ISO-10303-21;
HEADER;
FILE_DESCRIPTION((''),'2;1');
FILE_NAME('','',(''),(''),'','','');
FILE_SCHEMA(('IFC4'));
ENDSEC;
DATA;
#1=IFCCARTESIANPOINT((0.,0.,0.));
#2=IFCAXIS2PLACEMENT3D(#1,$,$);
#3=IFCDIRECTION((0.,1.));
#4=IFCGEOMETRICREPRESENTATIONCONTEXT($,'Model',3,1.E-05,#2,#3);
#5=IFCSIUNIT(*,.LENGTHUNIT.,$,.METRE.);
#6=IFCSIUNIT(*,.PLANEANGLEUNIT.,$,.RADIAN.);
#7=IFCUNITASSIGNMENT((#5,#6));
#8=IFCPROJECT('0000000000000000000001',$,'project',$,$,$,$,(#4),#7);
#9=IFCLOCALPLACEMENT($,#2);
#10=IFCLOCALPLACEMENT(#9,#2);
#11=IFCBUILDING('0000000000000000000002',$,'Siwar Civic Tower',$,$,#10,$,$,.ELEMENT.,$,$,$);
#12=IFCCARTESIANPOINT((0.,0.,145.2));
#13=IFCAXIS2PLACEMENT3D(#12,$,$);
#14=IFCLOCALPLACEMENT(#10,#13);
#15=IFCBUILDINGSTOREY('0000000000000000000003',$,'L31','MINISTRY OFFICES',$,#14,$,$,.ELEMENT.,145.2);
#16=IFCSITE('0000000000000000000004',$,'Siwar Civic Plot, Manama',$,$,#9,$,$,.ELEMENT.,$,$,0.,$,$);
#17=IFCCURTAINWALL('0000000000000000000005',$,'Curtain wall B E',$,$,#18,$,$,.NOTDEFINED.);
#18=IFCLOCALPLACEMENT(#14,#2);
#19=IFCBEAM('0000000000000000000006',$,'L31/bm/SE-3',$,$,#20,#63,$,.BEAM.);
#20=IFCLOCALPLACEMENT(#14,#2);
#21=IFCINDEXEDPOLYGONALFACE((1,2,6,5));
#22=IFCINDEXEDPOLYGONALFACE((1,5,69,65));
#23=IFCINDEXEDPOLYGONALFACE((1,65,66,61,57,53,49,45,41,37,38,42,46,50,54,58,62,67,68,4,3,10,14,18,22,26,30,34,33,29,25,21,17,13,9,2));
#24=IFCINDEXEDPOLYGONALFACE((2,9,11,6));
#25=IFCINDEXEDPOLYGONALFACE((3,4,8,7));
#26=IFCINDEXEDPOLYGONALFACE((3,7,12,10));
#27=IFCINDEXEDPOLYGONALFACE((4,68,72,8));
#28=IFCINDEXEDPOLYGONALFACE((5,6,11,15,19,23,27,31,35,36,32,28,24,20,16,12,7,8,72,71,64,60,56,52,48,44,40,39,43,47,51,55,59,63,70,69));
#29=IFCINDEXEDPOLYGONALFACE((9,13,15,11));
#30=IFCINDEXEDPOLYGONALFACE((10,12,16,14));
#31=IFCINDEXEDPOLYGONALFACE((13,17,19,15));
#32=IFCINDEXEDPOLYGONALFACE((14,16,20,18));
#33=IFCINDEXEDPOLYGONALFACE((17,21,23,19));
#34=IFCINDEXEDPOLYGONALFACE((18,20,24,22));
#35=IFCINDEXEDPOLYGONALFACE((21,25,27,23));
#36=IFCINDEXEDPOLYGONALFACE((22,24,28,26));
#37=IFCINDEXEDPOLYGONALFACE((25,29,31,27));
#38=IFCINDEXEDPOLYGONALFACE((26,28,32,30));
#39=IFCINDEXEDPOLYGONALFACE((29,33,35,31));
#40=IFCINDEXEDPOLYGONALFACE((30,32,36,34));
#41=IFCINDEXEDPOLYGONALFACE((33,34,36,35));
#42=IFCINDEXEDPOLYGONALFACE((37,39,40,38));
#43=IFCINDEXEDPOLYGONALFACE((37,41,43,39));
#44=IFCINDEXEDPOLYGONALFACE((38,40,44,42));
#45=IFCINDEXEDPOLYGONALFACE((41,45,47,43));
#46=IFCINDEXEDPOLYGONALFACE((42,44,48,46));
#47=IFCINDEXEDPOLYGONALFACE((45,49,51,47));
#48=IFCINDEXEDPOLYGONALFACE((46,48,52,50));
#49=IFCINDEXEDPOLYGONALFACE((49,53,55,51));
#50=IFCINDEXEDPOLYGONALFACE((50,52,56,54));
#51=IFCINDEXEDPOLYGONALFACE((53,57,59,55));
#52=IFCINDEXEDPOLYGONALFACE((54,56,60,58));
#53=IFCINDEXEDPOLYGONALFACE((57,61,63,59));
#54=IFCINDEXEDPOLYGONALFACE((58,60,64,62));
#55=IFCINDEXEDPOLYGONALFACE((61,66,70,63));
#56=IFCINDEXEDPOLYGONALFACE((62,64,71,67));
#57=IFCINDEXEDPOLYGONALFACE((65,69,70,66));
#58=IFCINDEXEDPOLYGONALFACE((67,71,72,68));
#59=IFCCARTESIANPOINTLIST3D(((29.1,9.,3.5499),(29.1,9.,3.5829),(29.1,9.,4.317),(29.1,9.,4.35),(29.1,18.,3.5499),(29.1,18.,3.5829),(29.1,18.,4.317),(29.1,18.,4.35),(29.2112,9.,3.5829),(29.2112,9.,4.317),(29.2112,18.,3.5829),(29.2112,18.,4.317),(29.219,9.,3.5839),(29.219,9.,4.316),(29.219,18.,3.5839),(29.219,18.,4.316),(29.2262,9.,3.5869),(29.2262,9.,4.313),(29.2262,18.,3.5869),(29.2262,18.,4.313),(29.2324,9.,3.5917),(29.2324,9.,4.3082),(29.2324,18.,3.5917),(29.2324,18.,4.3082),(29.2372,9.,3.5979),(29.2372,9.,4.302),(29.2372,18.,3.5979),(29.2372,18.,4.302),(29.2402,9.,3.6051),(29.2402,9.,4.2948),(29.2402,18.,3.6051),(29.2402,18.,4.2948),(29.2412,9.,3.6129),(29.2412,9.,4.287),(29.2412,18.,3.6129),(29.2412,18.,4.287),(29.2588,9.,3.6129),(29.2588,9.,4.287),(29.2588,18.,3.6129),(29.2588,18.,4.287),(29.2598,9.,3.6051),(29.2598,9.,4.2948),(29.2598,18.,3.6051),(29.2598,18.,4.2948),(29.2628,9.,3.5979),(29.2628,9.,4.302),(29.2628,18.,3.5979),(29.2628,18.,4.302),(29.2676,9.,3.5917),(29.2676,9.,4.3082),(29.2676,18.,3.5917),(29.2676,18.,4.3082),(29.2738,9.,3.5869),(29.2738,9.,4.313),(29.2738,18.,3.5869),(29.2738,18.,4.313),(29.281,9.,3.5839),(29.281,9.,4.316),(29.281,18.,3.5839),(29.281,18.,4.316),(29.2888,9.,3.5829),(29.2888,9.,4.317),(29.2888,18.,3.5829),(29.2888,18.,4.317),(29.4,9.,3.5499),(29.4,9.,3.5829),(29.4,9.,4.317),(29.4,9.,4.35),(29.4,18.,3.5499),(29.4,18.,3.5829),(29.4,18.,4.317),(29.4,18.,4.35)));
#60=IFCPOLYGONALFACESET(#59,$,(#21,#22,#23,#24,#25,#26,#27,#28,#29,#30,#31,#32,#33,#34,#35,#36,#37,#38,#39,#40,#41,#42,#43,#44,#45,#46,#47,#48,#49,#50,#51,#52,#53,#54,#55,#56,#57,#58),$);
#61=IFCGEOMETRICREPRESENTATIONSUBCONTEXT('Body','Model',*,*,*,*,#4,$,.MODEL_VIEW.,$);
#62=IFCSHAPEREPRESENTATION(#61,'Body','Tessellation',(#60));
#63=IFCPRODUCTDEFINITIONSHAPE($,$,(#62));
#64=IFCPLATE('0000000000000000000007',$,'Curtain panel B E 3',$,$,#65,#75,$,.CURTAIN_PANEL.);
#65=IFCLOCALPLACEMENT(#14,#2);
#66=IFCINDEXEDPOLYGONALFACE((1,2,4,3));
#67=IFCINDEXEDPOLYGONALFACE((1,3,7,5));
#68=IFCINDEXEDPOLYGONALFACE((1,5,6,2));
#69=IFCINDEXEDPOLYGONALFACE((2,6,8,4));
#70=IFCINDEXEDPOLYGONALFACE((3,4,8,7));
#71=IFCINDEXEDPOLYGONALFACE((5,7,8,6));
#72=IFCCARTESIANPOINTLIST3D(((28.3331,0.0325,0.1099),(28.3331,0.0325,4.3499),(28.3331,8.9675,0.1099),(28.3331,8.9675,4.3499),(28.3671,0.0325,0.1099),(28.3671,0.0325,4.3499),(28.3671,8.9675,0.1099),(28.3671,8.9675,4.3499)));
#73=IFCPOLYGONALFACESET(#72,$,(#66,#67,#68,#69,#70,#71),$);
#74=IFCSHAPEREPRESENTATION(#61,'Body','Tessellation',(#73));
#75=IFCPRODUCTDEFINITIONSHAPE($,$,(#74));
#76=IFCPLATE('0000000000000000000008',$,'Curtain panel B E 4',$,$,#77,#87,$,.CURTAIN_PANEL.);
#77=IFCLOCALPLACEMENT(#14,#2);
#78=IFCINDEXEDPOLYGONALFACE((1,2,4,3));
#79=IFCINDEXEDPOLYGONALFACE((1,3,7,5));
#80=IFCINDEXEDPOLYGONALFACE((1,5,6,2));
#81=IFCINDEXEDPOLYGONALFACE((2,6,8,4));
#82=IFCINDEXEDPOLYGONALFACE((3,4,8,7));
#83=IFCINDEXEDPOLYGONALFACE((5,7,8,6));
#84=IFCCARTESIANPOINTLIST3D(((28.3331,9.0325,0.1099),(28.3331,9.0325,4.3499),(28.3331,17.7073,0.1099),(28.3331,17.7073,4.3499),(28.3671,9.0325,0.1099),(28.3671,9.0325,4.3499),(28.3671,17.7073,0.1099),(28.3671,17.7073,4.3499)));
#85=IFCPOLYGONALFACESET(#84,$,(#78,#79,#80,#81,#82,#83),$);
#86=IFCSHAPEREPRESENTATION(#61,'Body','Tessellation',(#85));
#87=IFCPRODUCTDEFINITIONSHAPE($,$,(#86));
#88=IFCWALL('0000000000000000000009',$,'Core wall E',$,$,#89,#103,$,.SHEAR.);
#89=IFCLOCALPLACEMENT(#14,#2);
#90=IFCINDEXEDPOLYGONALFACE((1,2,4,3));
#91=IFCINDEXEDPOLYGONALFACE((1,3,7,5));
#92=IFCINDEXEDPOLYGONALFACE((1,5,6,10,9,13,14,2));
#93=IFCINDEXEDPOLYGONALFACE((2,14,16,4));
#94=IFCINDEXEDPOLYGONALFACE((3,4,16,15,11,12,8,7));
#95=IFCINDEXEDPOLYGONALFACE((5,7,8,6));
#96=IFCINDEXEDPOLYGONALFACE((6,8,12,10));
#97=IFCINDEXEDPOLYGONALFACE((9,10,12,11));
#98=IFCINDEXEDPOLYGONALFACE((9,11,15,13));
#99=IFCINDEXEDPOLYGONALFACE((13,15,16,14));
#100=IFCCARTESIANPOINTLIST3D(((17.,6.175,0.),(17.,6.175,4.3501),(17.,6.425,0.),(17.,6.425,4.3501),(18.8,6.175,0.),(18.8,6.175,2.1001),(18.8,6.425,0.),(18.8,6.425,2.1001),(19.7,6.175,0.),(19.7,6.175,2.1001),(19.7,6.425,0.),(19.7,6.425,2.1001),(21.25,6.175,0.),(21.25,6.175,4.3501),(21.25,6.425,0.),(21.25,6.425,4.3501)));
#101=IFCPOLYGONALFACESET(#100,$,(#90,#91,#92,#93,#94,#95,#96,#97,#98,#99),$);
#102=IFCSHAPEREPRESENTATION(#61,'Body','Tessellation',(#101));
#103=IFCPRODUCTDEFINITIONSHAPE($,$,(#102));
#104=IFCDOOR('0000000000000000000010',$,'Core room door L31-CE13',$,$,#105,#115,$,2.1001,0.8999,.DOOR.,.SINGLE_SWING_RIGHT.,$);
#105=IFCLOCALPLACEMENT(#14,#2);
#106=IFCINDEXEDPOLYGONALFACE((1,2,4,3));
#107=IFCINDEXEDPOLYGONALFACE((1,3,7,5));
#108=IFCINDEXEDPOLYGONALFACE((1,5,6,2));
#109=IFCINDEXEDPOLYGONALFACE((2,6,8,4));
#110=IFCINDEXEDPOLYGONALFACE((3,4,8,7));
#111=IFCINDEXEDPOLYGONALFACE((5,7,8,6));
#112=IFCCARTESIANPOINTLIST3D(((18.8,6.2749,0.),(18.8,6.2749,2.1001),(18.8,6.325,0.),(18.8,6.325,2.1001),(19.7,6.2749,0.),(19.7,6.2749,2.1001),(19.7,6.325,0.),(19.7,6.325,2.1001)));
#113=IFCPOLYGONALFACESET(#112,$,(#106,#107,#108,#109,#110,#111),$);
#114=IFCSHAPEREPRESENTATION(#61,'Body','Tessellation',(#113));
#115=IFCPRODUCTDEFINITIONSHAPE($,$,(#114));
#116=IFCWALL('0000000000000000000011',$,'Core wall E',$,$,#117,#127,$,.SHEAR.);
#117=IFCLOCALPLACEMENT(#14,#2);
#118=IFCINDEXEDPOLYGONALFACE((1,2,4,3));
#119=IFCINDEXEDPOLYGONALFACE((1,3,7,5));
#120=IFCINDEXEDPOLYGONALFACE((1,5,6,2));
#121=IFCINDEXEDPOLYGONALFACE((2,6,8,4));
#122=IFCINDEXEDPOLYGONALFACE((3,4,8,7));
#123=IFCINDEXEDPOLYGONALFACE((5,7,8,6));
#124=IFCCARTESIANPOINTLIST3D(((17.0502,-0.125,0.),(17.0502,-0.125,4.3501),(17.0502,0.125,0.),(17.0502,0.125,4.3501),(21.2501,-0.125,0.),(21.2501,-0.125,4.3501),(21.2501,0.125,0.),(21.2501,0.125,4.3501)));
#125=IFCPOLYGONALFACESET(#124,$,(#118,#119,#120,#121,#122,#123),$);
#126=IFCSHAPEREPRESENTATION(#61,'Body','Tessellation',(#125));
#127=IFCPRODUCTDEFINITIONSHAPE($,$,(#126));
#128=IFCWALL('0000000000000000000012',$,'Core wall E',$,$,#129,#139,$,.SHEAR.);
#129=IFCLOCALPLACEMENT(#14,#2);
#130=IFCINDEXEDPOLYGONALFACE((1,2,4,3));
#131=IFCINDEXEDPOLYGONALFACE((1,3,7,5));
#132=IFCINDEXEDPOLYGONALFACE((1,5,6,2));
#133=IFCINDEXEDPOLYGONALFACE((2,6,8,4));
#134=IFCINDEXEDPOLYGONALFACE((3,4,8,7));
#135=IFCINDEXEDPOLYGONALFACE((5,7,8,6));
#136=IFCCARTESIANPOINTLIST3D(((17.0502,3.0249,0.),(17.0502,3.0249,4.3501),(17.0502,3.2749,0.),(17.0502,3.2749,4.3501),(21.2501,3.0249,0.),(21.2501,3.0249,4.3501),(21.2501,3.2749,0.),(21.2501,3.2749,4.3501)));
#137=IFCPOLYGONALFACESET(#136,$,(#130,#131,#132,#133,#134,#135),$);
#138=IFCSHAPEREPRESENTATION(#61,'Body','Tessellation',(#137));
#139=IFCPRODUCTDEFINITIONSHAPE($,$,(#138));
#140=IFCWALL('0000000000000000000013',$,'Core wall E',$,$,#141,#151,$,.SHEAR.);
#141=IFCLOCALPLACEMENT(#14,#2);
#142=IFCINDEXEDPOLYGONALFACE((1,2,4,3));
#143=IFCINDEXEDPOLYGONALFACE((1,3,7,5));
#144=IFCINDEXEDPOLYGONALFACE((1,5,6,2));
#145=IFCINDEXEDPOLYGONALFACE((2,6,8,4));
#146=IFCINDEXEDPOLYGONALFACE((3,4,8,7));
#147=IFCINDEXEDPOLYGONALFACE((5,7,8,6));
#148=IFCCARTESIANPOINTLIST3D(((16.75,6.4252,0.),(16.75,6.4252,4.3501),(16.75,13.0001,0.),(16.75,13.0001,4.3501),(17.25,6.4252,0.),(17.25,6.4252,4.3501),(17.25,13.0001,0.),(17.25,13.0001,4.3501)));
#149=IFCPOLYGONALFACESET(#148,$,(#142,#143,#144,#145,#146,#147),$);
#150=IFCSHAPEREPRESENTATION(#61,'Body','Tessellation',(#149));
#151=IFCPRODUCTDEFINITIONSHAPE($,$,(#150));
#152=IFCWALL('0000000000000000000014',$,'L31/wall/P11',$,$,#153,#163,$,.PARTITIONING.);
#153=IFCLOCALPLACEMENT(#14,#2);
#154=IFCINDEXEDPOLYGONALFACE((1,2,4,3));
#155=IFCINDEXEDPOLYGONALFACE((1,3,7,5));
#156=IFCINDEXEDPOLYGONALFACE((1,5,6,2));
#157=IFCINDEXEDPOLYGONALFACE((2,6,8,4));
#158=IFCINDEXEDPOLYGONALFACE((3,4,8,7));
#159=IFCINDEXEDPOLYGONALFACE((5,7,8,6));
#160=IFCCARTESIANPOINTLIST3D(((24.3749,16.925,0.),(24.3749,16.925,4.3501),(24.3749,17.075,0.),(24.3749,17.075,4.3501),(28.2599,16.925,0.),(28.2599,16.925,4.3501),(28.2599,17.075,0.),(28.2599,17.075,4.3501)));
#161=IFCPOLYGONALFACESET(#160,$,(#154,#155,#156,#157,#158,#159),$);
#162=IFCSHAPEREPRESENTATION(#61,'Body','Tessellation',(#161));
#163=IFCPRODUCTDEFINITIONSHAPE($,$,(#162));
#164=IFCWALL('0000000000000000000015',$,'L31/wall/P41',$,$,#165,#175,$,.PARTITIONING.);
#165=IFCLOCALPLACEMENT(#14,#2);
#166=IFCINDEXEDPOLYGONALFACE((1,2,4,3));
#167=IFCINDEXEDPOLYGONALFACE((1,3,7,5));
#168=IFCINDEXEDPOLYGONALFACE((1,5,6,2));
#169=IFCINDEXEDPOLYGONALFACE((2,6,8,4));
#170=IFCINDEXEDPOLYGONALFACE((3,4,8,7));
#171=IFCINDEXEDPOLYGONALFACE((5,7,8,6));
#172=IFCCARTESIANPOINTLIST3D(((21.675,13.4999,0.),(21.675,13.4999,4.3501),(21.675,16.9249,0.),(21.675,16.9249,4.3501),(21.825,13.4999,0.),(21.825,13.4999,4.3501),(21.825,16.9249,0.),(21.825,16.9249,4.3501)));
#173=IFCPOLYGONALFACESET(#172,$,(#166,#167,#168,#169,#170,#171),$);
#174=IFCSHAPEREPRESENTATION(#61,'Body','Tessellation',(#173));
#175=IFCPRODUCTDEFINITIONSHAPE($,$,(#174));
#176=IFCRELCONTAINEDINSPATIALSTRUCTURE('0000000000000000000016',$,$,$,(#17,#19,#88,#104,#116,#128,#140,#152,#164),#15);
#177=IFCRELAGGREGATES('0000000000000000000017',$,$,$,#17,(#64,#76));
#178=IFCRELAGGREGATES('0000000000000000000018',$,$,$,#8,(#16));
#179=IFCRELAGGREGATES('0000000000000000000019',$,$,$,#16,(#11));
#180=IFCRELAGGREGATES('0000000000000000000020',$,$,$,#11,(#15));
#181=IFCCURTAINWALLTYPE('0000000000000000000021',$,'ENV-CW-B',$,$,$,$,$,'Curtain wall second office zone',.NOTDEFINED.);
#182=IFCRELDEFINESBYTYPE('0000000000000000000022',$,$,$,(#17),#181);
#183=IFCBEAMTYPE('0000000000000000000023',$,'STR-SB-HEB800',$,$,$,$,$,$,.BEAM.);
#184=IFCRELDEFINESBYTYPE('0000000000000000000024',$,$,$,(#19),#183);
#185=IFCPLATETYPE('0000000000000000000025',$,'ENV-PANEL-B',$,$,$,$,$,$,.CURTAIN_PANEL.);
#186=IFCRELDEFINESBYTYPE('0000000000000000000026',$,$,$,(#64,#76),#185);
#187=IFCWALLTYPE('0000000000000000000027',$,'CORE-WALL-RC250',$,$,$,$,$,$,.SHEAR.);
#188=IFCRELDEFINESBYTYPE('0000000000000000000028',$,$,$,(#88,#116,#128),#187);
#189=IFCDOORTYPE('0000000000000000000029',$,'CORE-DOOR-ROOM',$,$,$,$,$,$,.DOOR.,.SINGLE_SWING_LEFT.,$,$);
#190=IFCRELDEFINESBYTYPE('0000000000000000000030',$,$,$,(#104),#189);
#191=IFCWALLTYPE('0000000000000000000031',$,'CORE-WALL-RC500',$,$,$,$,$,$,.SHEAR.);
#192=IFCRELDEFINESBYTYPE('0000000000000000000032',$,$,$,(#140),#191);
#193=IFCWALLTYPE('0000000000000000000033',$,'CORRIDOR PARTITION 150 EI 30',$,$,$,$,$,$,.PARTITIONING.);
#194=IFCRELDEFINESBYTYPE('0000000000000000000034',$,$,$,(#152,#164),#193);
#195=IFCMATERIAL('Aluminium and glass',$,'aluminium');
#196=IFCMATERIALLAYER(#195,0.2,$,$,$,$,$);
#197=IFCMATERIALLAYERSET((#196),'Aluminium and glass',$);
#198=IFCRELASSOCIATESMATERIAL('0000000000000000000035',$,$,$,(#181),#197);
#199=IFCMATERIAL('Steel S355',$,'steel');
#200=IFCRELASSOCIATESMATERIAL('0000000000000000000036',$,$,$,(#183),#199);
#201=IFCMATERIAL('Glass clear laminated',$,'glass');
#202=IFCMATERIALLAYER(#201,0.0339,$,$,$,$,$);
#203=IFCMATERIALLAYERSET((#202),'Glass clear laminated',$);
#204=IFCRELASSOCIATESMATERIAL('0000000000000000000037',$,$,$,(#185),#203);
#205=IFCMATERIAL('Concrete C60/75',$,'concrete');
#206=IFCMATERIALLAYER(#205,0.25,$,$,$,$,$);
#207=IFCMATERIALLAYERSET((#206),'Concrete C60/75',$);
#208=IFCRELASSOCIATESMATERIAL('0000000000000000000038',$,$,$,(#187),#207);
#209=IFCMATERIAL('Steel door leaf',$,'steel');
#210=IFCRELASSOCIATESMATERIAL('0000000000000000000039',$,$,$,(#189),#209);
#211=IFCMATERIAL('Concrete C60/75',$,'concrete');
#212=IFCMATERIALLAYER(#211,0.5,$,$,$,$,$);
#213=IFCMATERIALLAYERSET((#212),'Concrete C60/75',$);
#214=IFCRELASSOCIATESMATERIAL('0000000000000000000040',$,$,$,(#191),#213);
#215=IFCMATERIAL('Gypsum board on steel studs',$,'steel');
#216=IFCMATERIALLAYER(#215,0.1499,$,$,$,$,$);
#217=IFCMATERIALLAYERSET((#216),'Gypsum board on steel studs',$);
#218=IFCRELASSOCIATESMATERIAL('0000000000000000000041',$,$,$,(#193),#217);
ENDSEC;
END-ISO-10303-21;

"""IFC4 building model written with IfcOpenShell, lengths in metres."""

from ifc_helpers import new_model, si_unit, direction, frame, frame_2d, origin, origin_2d, place, context, subcontext, project, spatial, rectangle, i_section, extrude, material, layer, layer_set, material_profile, profile_set, type_object, element, fill, aggregate, save


model = new_model("IFC4")

# Units and contexts
model_context = context("Model", 3, precision=1e-05, world=origin(), true_north=direction((0.0, 1.0)))
body_context = subcontext(model_context, "Body", "Model", "MODEL_VIEW")
ifc_project = project(units=[si_unit("LENGTHUNIT", "METRE"), si_unit("PLANEANGLEUNIT", "RADIAN")], contexts=[model_context])

# Site, building, storey
site_placement = place(None, origin())
site = spatial("IfcSite", under=ifc_project, at=site_placement, Name="Siwar Civic Plot, Manama", CompositionType="ELEMENT", RefElevation=0.0)
building_placement = place(site_placement, origin())
building = spatial("IfcBuilding", under=site, at=building_placement, Name="Siwar Civic Tower", CompositionType="ELEMENT")
storey_placement = place(building_placement, frame((0.0, 0.0, 145.2)))
storey = spatial("IfcBuildingStorey", under=building, at=storey_placement, Name="L31", Description="MINISTRY OFFICES", CompositionType="ELEMENT", Elevation=145.2)

# Curtain wall
ifc_material_1 = material(Name="Aluminium and glass", Category="aluminium")
ifc_layer_1 = layer(ifc_material_1, 0.2)
ifc_layer_set_1 = layer_set([ifc_layer_1], Name="Aluminium and glass")
curtain_wall_type_1 = type_object("IfcCurtainWallType", Name="ENV-CW-B", ElementType="Curtain wall second office zone", PredefinedType="NOTDEFINED", material=ifc_layer_set_1)
curtain_wall_1_placement = place(storey_placement, origin())
curtain_wall_1 = element("IfcCurtainWall", 1, at=curtain_wall_1_placement, inside=storey, type_object=curtain_wall_type_1, Name="Curtain wall B E", PredefinedType="NOTDEFINED")

# Beam
ifc_material_2 = material(Name="Steel S355", Category="steel")
ifc_material_profile_1 = material_profile(ifc_material_2, i_section(OverallWidth=0.3, OverallDepth=0.8, WebThickness=0.0176, FlangeThickness=0.033, FilletRadius=0.03, at=origin_2d()), Name="HEB800")
ifc_profile_set_1 = profile_set([ifc_material_profile_1], Name="Steel S355")
beam_type_1 = type_object("IfcBeamType", Name="STR-SB-HEB800", PredefinedType="BEAM", material=ifc_profile_set_1)
for number, where, z_axis, x_axis, name in (
    (2, (29.25, 9.0, 3.95), (0.0, 1.0, 0.0), (-1.0, 0.0, 0.0), "L31/bm/SE-3"),
):
    element("IfcBeam", number, at=place(storey_placement, frame(where, z_axis=z_axis, x_axis=x_axis)), inside=storey, type_object=beam_type_1, Name=name, PredefinedType="BEAM", context=body_context, shape_type="SweptSolid", body=[
        extrude(i_section(OverallWidth=0.3, OverallDepth=0.8, WebThickness=0.0176, FlangeThickness=0.033, FilletRadius=0.03, at=origin_2d()), origin(), (0.0, 0.0, 1.0), 9.0),
    ])

# Plates
ifc_material_3 = material(Name="Glass clear laminated", Category="glass")
ifc_layer_2 = layer(ifc_material_3, 0.0339)
ifc_layer_set_2 = layer_set([ifc_layer_2], Name="Glass clear laminated")
plate_type = type_object("IfcPlateType", Name="ENV-PANEL-B", PredefinedType="CURTAIN_PANEL", material=ifc_layer_set_2)
plate_1_placement = place(storey_placement, frame((28.3501, 4.5, 0.1099), z_axis=(0.0, 0.0, 1.0), x_axis=(0.0, 1.0, 0.0)))
plate_1 = element("IfcPlate", 3, at=plate_1_placement, type_object=plate_type, Name="Curtain panel B E 3", PredefinedType="CURTAIN_PANEL", context=body_context, shape_type="SweptSolid", body=[
    extrude(rectangle(XDim=8.9351, YDim=0.0339, at=origin_2d()), origin(), (0.0, 0.0, 1.0), 4.24),
])
plate_2_placement = place(storey_placement, frame((28.3501, 13.3699, 0.1099), z_axis=(0.0, 0.0, 1.0), x_axis=(0.0, 1.0, 0.0)))
plate_2 = element("IfcPlate", 4, at=plate_2_placement, type_object=plate_type, Name="Curtain panel B E 4", PredefinedType="CURTAIN_PANEL", context=body_context, shape_type="SweptSolid", body=[
    extrude(rectangle(XDim=8.6748, YDim=0.0339, at=origin_2d()), origin(), (0.0, 0.0, 1.0), 4.24),
])
aggregate(curtain_wall_1, [plate_1, plate_2])

# Wall, opening, door
ifc_material_4 = material(Name="Concrete C60/75", Category="concrete")
ifc_layer_3 = layer(ifc_material_4, 0.25)
ifc_layer_set_3 = layer_set([ifc_layer_3], Name="Concrete C60/75")
wall_type_1 = type_object("IfcWallType", Name="CORE-WALL-RC250", PredefinedType="SHEAR", material=ifc_layer_set_3)
wall_1_placement = place(storey_placement, frame((17.0, 6.3, 0.0), z_axis=(0.0, 0.0, 1.0), x_axis=(1.0, 0.0, 0.0)))
wall_1 = element("IfcWall", 5, at=wall_1_placement, inside=storey, type_object=wall_type_1, Name="Core wall E", PredefinedType="SHEAR", context=body_context, shape_type="SweptSolid", body=[
    extrude(rectangle(XDim=4.25, YDim=0.25, at=frame_2d((2.125, 0.0))), origin(), (0.0, 0.0, 1.0), 4.3501),
])
opening_placement = place(wall_1_placement, frame((1.8, 0.0, 0.0)))
opening = element("IfcOpeningElement", 6, at=opening_placement, cuts=wall_1, PredefinedType="OPENING", context=body_context, shape_type="SweptSolid", body=[
    extrude(rectangle(XDim=0.8999, YDim=2.1001, at=frame_2d((0.45, 1.05))), frame((0.0, 0.135, 0.0), z_axis=(0.0, -1.0, 0.0), x_axis=(1.0, 0.0, 0.0)), (0.0, 0.0, 1.0), 0.27),
])
ifc_material_5 = material(Name="Steel door leaf", Category="steel")
door_type = type_object("IfcDoorType", Name="CORE-DOOR-ROOM", OperationType="SINGLE_SWING_LEFT", PredefinedType="DOOR", material=ifc_material_5)
door_placement = place(opening_placement, origin())
door = element("IfcDoor", 7, at=door_placement, inside=storey, type_object=door_type, Name="Core room door L31-CE13", OperationType="SINGLE_SWING_RIGHT", OverallHeight=2.1001, OverallWidth=0.8999, PredefinedType="DOOR", context=body_context, shape_type="SweptSolid", body=[
    extrude(rectangle(XDim=0.8999, YDim=2.1001, at=frame_2d((0.45, 1.05))), frame((0.0, 0.0249, 0.0), z_axis=(0.0, -1.0, 0.0), x_axis=(1.0, 0.0, 0.0)), (0.0, 0.0, 1.0), 0.05),
])
fill(opening, door)

# Walls
for number, where, z_axis, x_axis, name in (
    (8, (17.05, 0.0, 0.0), (0.0, 0.0, 1.0), (1.0, 0.0, 0.0), "Core wall E"),
    (9, (17.05, 3.1499, 0.0), (0.0, 0.0, 1.0), (1.0, 0.0, 0.0), "Core wall E"),
):
    element("IfcWall", number, at=place(storey_placement, frame(where, z_axis=z_axis, x_axis=x_axis)), inside=storey, type_object=wall_type_1, Name=name, PredefinedType="SHEAR", context=body_context, shape_type="SweptSolid", body=[
        extrude(rectangle(XDim=4.2, YDim=0.25, at=frame_2d((2.1001, 0.0))), origin(), (0.0, 0.0, 1.0), 4.3501),
    ])
ifc_material_6 = material(Name="Concrete C60/75", Category="concrete")
ifc_layer_4 = layer(ifc_material_6, 0.5)
ifc_layer_set_4 = layer_set([ifc_layer_4], Name="Concrete C60/75")
wall_type_2 = type_object("IfcWallType", Name="CORE-WALL-RC500", PredefinedType="SHEAR", material=ifc_layer_set_4)
wall_2_placement = place(storey_placement, frame((17.0, 6.425, 0.0), z_axis=(0.0, 0.0, 1.0), x_axis=(0.0, 1.0, 0.0)))
element("IfcWall", 10, at=wall_2_placement, inside=storey, type_object=wall_type_2, Name="Core wall E", PredefinedType="SHEAR", context=body_context, shape_type="SweptSolid", body=[
    extrude(rectangle(XDim=6.575, YDim=0.5, at=frame_2d((3.2876, 0.0))), origin(), (0.0, 0.0, 1.0), 4.3501),
])
ifc_material_7 = material(Name="Gypsum board on steel studs", Category="steel")
ifc_layer_5 = layer(ifc_material_7, 0.1499)
ifc_layer_set_5 = layer_set([ifc_layer_5], Name="Gypsum board on steel studs")
wall_type_3 = type_object("IfcWallType", Name="CORRIDOR PARTITION 150 EI 30", PredefinedType="PARTITIONING", material=ifc_layer_set_5)
wall_3_placement = place(storey_placement, frame((24.375, 17.0, 0.0), z_axis=(0.0, 0.0, 1.0), x_axis=(1.0, 0.0, 0.0)))
element("IfcWall", 11, at=wall_3_placement, inside=storey, type_object=wall_type_3, Name="L31/wall/P11", PredefinedType="PARTITIONING", context=body_context, shape_type="SweptSolid", body=[
    extrude(rectangle(XDim=3.885, YDim=0.1499, at=frame_2d((1.9424, 0.0))), origin(), (0.0, 0.0, 1.0), 4.3501),
])
wall_4_placement = place(storey_placement, frame((21.75, 13.5, 0.0), z_axis=(0.0, 0.0, 1.0), x_axis=(0.0, 1.0, 0.0)))
element("IfcWall", 12, at=wall_4_placement, inside=storey, type_object=wall_type_3, Name="L31/wall/P41", PredefinedType="PARTITIONING", context=body_context, shape_type="SweptSolid", body=[
    extrude(rectangle(XDim=3.425, YDim=0.1499, at=frame_2d((1.7124, 0.0))), origin(), (0.0, 0.0, 1.0), 4.3501),
])

save(model, "model.ifc")
